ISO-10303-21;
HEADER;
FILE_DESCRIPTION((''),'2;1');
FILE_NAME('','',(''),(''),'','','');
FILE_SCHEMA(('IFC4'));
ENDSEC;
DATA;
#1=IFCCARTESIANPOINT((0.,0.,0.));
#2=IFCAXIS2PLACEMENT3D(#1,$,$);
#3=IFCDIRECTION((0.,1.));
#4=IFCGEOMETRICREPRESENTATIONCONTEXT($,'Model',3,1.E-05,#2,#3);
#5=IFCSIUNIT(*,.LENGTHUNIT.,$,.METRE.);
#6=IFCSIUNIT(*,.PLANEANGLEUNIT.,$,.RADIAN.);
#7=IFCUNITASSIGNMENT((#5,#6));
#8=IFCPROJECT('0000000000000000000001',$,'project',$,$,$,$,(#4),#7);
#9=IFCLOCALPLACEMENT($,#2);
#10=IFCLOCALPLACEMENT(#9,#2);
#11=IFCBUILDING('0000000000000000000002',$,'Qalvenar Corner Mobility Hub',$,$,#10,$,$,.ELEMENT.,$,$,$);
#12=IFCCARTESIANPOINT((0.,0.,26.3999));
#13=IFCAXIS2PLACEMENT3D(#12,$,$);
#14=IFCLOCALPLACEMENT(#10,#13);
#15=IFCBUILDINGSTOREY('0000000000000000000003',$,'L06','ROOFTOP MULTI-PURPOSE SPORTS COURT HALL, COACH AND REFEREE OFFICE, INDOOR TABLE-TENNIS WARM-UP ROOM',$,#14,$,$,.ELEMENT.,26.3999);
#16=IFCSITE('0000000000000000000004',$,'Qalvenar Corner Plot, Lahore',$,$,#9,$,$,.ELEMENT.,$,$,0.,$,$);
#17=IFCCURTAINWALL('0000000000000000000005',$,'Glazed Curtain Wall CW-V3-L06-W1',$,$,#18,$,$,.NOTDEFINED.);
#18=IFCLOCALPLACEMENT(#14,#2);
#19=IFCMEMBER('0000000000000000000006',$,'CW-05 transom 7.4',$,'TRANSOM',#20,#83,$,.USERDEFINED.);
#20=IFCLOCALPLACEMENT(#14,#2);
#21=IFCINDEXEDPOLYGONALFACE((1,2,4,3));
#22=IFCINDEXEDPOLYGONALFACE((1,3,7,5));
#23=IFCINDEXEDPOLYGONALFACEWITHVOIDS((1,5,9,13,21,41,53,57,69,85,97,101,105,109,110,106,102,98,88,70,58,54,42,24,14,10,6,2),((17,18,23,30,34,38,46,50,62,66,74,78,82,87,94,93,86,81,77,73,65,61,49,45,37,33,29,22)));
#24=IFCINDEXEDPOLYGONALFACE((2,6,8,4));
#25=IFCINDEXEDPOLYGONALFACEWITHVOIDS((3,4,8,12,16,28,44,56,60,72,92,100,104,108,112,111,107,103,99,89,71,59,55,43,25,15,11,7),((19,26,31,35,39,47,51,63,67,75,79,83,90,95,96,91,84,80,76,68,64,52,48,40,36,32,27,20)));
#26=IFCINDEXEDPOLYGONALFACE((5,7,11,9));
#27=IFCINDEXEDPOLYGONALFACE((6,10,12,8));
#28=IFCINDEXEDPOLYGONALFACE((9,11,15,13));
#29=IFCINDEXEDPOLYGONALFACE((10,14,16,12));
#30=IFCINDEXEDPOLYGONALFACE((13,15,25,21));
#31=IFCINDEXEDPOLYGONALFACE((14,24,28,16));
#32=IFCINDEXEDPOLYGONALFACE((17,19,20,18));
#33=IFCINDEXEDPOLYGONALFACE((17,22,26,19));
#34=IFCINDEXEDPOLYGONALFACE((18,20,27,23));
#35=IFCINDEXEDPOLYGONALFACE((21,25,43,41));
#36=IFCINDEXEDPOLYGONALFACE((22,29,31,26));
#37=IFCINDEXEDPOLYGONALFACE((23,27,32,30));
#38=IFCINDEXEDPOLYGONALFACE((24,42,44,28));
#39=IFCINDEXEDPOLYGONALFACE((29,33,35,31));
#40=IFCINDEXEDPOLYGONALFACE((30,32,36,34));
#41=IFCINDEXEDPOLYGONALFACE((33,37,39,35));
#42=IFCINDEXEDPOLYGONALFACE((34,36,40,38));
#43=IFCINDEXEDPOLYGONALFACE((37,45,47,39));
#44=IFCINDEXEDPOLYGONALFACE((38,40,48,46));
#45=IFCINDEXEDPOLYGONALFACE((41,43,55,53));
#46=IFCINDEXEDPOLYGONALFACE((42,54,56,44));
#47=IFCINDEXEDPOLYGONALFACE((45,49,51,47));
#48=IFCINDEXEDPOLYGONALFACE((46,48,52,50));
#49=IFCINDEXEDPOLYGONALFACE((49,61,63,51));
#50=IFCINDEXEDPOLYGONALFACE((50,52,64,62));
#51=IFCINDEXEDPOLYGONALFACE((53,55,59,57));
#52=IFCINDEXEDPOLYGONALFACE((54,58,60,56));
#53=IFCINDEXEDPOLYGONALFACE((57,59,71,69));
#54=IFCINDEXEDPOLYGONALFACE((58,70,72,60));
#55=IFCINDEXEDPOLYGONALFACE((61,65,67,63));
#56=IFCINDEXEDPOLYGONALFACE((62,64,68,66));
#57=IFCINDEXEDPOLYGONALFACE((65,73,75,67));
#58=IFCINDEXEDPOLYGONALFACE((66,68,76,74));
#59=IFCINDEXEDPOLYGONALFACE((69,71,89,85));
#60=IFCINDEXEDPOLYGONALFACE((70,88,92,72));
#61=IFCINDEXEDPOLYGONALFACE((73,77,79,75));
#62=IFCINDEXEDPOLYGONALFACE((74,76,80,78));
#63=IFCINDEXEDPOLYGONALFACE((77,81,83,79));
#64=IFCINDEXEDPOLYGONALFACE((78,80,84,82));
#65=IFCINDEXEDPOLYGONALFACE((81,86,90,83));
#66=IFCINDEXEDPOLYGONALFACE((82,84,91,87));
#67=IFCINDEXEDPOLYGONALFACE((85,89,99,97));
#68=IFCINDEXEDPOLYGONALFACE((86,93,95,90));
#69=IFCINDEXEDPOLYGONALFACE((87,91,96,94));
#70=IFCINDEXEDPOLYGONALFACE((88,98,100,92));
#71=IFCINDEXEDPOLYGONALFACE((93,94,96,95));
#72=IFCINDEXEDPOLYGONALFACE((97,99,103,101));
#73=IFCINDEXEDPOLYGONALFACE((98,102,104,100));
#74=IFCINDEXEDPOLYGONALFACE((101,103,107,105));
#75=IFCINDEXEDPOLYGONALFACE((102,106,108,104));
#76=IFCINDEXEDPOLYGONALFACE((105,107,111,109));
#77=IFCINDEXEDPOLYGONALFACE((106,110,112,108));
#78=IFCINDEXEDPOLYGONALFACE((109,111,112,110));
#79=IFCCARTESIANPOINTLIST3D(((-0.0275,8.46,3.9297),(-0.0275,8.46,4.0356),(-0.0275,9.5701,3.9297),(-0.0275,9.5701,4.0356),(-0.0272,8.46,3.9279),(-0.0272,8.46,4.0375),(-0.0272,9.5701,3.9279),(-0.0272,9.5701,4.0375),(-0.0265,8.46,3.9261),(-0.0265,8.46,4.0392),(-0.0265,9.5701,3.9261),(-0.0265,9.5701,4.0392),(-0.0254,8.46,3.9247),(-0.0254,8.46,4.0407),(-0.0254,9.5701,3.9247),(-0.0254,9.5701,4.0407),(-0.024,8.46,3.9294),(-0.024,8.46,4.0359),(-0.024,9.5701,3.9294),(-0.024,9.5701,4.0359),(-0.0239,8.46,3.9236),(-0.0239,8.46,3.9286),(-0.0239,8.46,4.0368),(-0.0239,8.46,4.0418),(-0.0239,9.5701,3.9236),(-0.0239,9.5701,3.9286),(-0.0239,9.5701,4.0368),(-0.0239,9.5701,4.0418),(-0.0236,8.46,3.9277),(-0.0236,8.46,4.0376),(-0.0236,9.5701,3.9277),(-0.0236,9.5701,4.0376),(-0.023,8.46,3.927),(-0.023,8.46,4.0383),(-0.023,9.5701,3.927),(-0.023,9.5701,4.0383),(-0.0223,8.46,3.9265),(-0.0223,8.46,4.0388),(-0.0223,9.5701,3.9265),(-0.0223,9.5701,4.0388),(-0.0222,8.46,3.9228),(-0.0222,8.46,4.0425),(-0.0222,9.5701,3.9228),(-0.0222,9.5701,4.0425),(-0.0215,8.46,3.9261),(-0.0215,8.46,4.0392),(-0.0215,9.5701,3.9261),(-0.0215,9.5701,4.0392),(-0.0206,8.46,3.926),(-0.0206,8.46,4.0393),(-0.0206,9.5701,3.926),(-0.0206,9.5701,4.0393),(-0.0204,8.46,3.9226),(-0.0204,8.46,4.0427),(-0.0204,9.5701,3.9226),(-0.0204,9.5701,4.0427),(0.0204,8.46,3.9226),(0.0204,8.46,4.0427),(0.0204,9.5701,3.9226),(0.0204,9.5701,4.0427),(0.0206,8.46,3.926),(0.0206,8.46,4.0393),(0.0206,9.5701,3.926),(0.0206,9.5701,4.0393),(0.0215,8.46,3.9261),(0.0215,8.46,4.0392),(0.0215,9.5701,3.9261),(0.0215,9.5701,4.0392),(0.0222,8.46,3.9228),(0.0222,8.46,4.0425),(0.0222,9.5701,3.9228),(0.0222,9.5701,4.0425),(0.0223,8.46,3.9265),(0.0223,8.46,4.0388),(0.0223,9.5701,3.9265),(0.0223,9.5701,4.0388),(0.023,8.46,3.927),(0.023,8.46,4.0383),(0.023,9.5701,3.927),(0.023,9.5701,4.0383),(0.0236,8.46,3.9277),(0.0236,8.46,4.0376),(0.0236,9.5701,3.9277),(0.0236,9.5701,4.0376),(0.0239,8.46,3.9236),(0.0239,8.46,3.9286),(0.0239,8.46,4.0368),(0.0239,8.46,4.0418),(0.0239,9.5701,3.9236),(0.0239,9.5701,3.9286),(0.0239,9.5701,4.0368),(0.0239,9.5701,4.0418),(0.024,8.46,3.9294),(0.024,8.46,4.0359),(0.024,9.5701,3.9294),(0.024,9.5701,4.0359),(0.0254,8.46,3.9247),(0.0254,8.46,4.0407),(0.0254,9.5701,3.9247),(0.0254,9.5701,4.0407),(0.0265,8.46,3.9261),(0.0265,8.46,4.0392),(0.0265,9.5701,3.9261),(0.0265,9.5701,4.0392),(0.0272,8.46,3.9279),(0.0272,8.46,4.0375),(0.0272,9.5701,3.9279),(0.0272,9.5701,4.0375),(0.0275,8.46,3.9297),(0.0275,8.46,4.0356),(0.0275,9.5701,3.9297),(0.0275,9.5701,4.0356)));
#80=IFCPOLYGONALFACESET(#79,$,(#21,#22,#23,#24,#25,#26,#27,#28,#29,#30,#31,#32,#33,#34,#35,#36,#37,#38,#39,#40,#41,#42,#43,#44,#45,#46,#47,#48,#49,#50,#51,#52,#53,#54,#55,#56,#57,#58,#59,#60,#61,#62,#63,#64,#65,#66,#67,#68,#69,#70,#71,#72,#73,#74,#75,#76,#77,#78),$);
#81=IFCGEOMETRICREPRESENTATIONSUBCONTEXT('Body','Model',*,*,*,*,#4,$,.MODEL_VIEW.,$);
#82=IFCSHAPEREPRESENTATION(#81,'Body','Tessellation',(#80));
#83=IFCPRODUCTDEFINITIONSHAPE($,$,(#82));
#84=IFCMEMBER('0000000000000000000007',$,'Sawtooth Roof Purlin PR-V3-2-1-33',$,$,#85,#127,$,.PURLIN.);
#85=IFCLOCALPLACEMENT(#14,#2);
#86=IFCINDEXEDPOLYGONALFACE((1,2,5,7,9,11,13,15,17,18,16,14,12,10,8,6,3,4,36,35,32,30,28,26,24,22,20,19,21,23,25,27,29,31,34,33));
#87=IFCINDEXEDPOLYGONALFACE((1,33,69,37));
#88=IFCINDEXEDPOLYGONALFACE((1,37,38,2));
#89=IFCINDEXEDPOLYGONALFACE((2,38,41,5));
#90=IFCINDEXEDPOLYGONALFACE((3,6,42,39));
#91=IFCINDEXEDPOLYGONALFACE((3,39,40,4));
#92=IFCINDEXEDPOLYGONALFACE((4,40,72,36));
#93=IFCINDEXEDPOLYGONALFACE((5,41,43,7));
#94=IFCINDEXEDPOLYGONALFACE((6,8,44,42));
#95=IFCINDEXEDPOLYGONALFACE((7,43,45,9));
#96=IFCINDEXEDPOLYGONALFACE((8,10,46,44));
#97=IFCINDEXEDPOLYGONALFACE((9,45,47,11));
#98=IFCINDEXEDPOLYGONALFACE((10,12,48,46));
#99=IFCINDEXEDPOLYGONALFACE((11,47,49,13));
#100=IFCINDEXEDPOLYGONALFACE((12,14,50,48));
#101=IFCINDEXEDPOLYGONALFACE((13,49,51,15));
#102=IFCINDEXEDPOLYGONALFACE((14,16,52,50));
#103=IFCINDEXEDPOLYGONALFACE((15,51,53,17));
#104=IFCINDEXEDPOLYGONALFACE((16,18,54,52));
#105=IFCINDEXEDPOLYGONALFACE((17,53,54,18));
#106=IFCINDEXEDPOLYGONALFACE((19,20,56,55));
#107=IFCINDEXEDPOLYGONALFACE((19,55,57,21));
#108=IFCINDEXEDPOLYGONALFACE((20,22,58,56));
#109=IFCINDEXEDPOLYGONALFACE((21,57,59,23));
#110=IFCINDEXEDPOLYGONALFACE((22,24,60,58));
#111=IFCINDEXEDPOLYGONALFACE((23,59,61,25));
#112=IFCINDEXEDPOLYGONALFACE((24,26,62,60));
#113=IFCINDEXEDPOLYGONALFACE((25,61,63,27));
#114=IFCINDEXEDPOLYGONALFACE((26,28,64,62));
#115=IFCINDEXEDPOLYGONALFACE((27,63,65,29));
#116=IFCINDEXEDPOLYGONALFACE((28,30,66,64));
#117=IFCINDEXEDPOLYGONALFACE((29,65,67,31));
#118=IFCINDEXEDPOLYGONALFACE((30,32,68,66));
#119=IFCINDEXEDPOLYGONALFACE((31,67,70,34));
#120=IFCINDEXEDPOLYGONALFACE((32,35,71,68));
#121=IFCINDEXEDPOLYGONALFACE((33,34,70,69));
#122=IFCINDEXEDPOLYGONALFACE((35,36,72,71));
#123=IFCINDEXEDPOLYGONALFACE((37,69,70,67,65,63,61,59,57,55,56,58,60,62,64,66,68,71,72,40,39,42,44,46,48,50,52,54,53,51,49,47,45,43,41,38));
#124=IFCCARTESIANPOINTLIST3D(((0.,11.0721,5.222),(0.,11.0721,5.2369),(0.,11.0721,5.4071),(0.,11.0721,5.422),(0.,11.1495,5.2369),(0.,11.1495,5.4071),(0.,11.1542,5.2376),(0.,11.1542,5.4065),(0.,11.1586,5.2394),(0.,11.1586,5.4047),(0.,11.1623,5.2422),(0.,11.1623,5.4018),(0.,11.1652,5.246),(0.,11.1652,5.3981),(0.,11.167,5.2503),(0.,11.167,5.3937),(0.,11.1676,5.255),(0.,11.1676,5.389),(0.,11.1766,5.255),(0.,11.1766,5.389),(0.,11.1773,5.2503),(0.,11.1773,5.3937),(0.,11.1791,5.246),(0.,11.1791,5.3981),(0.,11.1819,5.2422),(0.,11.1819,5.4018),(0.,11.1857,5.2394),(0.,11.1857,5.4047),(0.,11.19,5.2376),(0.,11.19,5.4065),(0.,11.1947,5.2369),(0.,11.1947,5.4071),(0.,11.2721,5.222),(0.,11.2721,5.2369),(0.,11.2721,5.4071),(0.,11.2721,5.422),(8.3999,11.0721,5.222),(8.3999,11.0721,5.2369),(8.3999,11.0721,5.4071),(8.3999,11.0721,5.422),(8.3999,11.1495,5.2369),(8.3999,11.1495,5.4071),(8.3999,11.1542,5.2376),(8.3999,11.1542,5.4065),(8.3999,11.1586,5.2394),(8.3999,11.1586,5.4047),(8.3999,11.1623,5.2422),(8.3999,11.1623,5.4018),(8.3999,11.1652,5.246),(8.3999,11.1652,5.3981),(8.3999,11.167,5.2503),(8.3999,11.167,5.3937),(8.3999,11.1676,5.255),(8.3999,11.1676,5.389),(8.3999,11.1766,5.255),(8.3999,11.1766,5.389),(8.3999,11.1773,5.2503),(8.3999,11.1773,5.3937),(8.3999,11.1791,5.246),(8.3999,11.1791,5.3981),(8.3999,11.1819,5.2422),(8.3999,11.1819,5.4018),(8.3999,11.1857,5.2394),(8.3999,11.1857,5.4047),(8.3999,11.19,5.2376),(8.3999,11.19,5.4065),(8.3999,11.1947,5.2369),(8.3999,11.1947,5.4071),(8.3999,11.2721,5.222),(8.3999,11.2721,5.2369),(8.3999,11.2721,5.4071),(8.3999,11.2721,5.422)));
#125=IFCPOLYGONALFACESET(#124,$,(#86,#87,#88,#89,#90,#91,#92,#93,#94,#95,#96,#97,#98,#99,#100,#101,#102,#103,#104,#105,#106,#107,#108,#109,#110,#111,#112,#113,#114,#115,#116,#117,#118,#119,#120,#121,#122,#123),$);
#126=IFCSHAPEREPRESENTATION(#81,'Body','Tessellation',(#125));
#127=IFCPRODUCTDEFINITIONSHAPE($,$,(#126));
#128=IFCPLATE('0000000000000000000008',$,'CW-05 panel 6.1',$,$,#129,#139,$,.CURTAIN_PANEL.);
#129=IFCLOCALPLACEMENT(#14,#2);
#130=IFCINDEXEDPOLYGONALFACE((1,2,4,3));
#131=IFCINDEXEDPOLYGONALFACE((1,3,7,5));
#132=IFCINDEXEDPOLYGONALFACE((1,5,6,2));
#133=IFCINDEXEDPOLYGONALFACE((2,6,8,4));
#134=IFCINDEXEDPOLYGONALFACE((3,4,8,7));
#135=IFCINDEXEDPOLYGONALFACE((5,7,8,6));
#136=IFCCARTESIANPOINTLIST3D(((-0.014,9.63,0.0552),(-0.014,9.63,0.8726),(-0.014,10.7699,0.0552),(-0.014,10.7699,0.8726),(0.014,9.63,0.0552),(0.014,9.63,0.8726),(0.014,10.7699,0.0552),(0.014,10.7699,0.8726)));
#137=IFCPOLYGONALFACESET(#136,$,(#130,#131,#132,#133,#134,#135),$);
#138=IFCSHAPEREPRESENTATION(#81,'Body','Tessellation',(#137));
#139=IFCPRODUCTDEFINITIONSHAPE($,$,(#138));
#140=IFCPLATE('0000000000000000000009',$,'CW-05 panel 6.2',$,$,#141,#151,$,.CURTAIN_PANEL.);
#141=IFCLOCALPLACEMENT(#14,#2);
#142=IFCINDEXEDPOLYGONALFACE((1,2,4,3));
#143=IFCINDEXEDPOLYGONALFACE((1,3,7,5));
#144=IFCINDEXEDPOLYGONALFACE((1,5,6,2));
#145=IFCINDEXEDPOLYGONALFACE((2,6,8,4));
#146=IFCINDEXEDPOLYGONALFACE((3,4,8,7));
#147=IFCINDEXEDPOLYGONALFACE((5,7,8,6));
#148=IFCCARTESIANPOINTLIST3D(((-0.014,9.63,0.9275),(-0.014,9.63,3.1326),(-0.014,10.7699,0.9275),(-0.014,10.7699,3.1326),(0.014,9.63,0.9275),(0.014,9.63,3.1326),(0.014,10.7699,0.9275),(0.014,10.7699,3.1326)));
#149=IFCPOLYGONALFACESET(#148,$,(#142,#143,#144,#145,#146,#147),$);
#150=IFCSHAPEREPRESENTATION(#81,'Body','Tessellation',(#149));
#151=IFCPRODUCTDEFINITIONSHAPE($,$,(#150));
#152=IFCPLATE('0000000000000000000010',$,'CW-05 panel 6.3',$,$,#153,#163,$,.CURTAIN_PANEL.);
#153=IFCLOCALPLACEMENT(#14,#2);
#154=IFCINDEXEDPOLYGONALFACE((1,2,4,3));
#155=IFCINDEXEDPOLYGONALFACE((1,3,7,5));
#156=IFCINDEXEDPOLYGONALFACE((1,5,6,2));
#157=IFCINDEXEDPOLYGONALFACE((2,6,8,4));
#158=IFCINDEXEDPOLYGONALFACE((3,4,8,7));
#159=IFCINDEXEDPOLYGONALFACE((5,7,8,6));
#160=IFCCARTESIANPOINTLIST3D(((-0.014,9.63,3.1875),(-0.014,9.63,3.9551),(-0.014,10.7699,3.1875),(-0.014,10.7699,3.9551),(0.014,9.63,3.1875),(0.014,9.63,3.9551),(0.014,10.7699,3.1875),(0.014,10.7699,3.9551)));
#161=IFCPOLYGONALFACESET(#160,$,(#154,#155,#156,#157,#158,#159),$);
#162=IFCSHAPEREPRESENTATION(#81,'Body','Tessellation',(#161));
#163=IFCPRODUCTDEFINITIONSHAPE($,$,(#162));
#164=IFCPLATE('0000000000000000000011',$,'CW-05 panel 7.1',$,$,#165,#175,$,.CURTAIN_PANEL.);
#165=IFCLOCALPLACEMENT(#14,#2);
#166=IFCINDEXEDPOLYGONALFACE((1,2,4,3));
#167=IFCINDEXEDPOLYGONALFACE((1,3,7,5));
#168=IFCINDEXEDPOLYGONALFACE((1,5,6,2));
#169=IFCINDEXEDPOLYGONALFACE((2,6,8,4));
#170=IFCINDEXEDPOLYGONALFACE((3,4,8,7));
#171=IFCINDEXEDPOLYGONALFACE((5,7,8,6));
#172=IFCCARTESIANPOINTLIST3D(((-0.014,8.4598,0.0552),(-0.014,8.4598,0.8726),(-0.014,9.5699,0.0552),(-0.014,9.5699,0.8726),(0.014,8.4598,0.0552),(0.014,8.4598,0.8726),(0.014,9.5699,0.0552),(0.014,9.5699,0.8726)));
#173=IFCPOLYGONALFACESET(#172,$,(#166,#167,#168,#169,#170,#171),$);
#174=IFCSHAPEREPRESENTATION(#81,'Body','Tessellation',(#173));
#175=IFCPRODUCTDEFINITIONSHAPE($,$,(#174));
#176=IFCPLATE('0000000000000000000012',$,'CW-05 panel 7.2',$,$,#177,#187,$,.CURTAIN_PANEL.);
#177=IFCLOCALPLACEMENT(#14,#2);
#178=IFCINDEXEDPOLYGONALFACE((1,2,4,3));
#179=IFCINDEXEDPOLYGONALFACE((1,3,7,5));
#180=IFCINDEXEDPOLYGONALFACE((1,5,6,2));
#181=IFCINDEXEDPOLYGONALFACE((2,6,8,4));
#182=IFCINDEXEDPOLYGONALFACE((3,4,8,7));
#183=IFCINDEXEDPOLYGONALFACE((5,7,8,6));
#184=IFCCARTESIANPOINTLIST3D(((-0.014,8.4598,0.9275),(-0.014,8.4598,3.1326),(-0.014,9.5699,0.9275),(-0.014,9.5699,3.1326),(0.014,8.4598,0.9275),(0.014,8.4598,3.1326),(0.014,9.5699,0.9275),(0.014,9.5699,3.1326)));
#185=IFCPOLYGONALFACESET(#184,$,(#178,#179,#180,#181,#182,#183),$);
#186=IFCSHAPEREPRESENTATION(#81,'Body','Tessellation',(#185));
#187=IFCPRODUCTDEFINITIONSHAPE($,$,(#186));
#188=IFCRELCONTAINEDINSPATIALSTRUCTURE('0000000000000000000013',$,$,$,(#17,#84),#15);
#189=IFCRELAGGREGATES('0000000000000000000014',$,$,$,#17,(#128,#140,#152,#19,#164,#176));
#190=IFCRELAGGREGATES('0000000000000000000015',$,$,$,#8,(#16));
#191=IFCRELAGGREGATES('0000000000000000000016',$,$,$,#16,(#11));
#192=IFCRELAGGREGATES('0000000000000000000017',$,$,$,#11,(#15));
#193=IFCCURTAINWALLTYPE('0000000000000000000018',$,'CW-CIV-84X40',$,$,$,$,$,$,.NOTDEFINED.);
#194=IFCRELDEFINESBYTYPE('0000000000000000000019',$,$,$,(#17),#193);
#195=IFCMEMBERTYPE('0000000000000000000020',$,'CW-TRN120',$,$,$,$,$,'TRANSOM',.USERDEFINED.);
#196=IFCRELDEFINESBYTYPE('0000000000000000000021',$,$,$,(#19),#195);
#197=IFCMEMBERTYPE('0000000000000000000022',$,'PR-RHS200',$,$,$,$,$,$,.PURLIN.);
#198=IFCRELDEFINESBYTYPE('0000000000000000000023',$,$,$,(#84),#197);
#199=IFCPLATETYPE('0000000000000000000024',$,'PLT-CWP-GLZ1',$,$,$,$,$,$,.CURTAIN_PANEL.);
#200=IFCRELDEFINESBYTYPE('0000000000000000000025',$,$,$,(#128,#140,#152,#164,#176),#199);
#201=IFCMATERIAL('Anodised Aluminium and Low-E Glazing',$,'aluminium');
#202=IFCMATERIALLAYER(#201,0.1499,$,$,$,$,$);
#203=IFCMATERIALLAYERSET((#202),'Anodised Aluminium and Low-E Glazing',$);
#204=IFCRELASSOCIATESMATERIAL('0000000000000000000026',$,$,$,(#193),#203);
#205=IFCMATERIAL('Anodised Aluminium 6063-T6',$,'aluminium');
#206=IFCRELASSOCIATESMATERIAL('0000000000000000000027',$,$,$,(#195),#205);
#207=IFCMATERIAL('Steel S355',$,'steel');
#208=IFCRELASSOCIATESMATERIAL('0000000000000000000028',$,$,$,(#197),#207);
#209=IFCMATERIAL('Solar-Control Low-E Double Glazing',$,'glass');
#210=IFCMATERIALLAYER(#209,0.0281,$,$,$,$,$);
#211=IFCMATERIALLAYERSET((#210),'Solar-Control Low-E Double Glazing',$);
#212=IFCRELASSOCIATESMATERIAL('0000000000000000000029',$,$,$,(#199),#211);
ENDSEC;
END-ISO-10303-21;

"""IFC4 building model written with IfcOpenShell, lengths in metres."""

from ifc_helpers import new_model, si_unit, direction, frame, origin, origin_2d, place, context, subcontext, project, spatial, rectangle, hollow_rectangle, i_section, extrude, material, layer, layer_set, material_profile, profile_set, type_object, element, aggregate, save


model = new_model("IFC4")

# Units and contexts
model_context = context("Model", 3, precision=1e-05, world=origin(), true_north=direction((0.0, 1.0)))
body_context = subcontext(model_context, "Body", "Model", "MODEL_VIEW")
ifc_project = project(units=[si_unit("LENGTHUNIT", "METRE"), si_unit("PLANEANGLEUNIT", "RADIAN")], contexts=[model_context])

# Site, building, storey
site_placement = place(None, origin())
site = spatial("IfcSite", under=ifc_project, at=site_placement, Name="Qalvenar Corner Plot, Lahore", CompositionType="ELEMENT", RefElevation=0.0)
building_placement = place(site_placement, origin())
building = spatial("IfcBuilding", under=site, at=building_placement, Name="Qalvenar Corner Mobility Hub", CompositionType="ELEMENT")
storey_placement = place(building_placement, frame((0.0, 0.0, 26.3999)))
storey = spatial("IfcBuildingStorey", under=building, at=storey_placement, Name="L06", Description="ROOFTOP MULTI-PURPOSE SPORTS COURT HALL, COACH AND REFEREE OFFICE, INDOOR TABLE-TENNIS WARM-UP ROOM", CompositionType="ELEMENT", Elevation=26.3999)

# Curtain wall
ifc_material_1 = material(Name="Anodised Aluminium and Low-E Glazing", Category="aluminium")
ifc_material_2 = material(Name="Anodised Aluminium 6063-T6", Category="aluminium")
ifc_layer_1 = layer(ifc_material_1, 0.1499)
ifc_layer_set_1 = layer_set([ifc_layer_1], Name="Anodised Aluminium and Low-E Glazing")
curtain_wall_type_1 = type_object("IfcCurtainWallType", Name="CW-CIV-84X40", PredefinedType="NOTDEFINED", material=ifc_layer_set_1)
curtain_wall_1_placement = place(storey_placement, origin())
curtain_wall_1 = element("IfcCurtainWall", 1, at=curtain_wall_1_placement, inside=storey, type_object=curtain_wall_type_1, Name="Glazed Curtain Wall CW-V3-L06-W1", PredefinedType="NOTDEFINED")

# Members
ifc_material_profile_1 = material_profile(ifc_material_2, hollow_rectangle(XDim=0.0549, YDim=0.1201, WallThickness=0.0034, InnerFilletRadius=0.0034, OuterFilletRadius=0.0071, at=origin_2d()), Name="RHS120x55x3.5")
ifc_profile_set_1 = profile_set([ifc_material_profile_1], Name="Anodised Aluminium 6063-T6")
member_type_1 = type_object("IfcMemberType", Name="CW-TRN120", ElementType="TRANSOM", PredefinedType="USERDEFINED", material=ifc_profile_set_1)
member_1_placement = place(storey_placement, frame((0.0, 9.5701, 3.9827), z_axis=(0.0, -1.0, 0.0), x_axis=(1.0, 0.0, 0.0)))
member_1 = element("IfcMember", 2, at=member_1_placement, type_object=member_type_1, Name="CW-05 transom 7.4", ObjectType="TRANSOM", PredefinedType="USERDEFINED", context=body_context, shape_type="SweptSolid", body=[
    extrude(hollow_rectangle(XDim=0.0549, YDim=0.1201, WallThickness=0.0034, InnerFilletRadius=0.0034, OuterFilletRadius=0.0071, at=origin_2d()), origin(), (0.0, 0.0, 1.0), 1.1101),
])
ifc_material_3 = material(Name="Steel S355", Category="steel")
ifc_material_profile_2 = material_profile(ifc_material_3, i_section(OverallWidth=0.2, OverallDepth=0.2, WebThickness=0.009, FlangeThickness=0.0149, FilletRadius=0.0181, at=origin_2d()), Name="HEB200")
ifc_profile_set_2 = profile_set([ifc_material_profile_2], Name="Steel S355")
member_type_2 = type_object("IfcMemberType", Name="PR-RHS200", PredefinedType="PURLIN", material=ifc_profile_set_2)
member_2_placement = place(storey_placement, frame((0.0, 11.1721, 5.322), z_axis=(1.0, 0.0, 0.0), x_axis=(0.0, 1.0, 0.0)))
element("IfcMember", 3, at=member_2_placement, inside=storey, type_object=member_type_2, Name="Sawtooth Roof Purlin PR-V3-2-1-33", PredefinedType="PURLIN", context=body_context, shape_type="SweptSolid", body=[
    extrude(i_section(OverallWidth=0.2, OverallDepth=0.2, WebThickness=0.009, FlangeThickness=0.0149, FilletRadius=0.0181, at=origin_2d()), origin(), (0.0, 0.0, 1.0), 8.3999),
])

# Plates
ifc_material_4 = material(Name="Solar-Control Low-E Double Glazing", Category="glass")
ifc_layer_2 = layer(ifc_material_4, 0.0281)
ifc_layer_set_2 = layer_set([ifc_layer_2], Name="Solar-Control Low-E Double Glazing")
plate_type = type_object("IfcPlateType", Name="PLT-CWP-GLZ1", PredefinedType="CURTAIN_PANEL", material=ifc_layer_set_2)
plate_1_placement = place(storey_placement, frame((0.0, 10.2, 0.0552), z_axis=(0.0, 0.0, 1.0), x_axis=(0.0, -1.0, 0.0)))
plate_1 = element("IfcPlate", 4, at=plate_1_placement, type_object=plate_type, Name="CW-05 panel 6.1", PredefinedType="CURTAIN_PANEL", context=body_context, shape_type="SweptSolid", body=[
    extrude(rectangle(XDim=1.1399, YDim=0.0281, at=origin_2d()), origin(), (0.0, 0.0, 1.0), 0.8174),
])
plate_2_placement = place(storey_placement, frame((0.0, 10.2, 0.9275), z_axis=(0.0, 0.0, 1.0), x_axis=(0.0, -1.0, 0.0)))
plate_2 = element("IfcPlate", 5, at=plate_2_placement, type_object=plate_type, Name="CW-05 panel 6.2", PredefinedType="CURTAIN_PANEL", context=body_context, shape_type="SweptSolid", body=[
    extrude(rectangle(XDim=1.1399, YDim=0.0281, at=origin_2d()), origin(), (0.0, 0.0, 1.0), 2.2051),
])
plate_3_placement = place(storey_placement, frame((0.0, 10.2, 3.1875), z_axis=(0.0, 0.0, 1.0), x_axis=(0.0, -1.0, 0.0)))
plate_3 = element("IfcPlate", 6, at=plate_3_placement, type_object=plate_type, Name="CW-05 panel 6.3", PredefinedType="CURTAIN_PANEL", context=body_context, shape_type="SweptSolid", body=[
    extrude(rectangle(XDim=1.1399, YDim=0.0281, at=origin_2d()), origin(), (0.0, 0.0, 1.0), 0.7676),
])
plate_4_placement = place(storey_placement, frame((0.0, 9.0149, 0.0552), z_axis=(0.0, 0.0, 1.0), x_axis=(0.0, -1.0, 0.0)))
plate_4 = element("IfcPlate", 7, at=plate_4_placement, type_object=plate_type, Name="CW-05 panel 7.1", PredefinedType="CURTAIN_PANEL", context=body_context, shape_type="SweptSolid", body=[
    extrude(rectangle(XDim=1.1101, YDim=0.0281, at=origin_2d()), origin(), (0.0, 0.0, 1.0), 0.8174),
])
plate_5_placement = place(storey_placement, frame((0.0, 9.0149, 0.9275), z_axis=(0.0, 0.0, 1.0), x_axis=(0.0, -1.0, 0.0)))
plate_5 = element("IfcPlate", 8, at=plate_5_placement, type_object=plate_type, Name="CW-05 panel 7.2", PredefinedType="CURTAIN_PANEL", context=body_context, shape_type="SweptSolid", body=[
    extrude(rectangle(XDim=1.1101, YDim=0.0281, at=origin_2d()), origin(), (0.0, 0.0, 1.0), 2.2051),
])
aggregate(curtain_wall_1, [plate_1, plate_2, plate_3, member_1, plate_4, plate_5])

save(model, "model.ifc")
